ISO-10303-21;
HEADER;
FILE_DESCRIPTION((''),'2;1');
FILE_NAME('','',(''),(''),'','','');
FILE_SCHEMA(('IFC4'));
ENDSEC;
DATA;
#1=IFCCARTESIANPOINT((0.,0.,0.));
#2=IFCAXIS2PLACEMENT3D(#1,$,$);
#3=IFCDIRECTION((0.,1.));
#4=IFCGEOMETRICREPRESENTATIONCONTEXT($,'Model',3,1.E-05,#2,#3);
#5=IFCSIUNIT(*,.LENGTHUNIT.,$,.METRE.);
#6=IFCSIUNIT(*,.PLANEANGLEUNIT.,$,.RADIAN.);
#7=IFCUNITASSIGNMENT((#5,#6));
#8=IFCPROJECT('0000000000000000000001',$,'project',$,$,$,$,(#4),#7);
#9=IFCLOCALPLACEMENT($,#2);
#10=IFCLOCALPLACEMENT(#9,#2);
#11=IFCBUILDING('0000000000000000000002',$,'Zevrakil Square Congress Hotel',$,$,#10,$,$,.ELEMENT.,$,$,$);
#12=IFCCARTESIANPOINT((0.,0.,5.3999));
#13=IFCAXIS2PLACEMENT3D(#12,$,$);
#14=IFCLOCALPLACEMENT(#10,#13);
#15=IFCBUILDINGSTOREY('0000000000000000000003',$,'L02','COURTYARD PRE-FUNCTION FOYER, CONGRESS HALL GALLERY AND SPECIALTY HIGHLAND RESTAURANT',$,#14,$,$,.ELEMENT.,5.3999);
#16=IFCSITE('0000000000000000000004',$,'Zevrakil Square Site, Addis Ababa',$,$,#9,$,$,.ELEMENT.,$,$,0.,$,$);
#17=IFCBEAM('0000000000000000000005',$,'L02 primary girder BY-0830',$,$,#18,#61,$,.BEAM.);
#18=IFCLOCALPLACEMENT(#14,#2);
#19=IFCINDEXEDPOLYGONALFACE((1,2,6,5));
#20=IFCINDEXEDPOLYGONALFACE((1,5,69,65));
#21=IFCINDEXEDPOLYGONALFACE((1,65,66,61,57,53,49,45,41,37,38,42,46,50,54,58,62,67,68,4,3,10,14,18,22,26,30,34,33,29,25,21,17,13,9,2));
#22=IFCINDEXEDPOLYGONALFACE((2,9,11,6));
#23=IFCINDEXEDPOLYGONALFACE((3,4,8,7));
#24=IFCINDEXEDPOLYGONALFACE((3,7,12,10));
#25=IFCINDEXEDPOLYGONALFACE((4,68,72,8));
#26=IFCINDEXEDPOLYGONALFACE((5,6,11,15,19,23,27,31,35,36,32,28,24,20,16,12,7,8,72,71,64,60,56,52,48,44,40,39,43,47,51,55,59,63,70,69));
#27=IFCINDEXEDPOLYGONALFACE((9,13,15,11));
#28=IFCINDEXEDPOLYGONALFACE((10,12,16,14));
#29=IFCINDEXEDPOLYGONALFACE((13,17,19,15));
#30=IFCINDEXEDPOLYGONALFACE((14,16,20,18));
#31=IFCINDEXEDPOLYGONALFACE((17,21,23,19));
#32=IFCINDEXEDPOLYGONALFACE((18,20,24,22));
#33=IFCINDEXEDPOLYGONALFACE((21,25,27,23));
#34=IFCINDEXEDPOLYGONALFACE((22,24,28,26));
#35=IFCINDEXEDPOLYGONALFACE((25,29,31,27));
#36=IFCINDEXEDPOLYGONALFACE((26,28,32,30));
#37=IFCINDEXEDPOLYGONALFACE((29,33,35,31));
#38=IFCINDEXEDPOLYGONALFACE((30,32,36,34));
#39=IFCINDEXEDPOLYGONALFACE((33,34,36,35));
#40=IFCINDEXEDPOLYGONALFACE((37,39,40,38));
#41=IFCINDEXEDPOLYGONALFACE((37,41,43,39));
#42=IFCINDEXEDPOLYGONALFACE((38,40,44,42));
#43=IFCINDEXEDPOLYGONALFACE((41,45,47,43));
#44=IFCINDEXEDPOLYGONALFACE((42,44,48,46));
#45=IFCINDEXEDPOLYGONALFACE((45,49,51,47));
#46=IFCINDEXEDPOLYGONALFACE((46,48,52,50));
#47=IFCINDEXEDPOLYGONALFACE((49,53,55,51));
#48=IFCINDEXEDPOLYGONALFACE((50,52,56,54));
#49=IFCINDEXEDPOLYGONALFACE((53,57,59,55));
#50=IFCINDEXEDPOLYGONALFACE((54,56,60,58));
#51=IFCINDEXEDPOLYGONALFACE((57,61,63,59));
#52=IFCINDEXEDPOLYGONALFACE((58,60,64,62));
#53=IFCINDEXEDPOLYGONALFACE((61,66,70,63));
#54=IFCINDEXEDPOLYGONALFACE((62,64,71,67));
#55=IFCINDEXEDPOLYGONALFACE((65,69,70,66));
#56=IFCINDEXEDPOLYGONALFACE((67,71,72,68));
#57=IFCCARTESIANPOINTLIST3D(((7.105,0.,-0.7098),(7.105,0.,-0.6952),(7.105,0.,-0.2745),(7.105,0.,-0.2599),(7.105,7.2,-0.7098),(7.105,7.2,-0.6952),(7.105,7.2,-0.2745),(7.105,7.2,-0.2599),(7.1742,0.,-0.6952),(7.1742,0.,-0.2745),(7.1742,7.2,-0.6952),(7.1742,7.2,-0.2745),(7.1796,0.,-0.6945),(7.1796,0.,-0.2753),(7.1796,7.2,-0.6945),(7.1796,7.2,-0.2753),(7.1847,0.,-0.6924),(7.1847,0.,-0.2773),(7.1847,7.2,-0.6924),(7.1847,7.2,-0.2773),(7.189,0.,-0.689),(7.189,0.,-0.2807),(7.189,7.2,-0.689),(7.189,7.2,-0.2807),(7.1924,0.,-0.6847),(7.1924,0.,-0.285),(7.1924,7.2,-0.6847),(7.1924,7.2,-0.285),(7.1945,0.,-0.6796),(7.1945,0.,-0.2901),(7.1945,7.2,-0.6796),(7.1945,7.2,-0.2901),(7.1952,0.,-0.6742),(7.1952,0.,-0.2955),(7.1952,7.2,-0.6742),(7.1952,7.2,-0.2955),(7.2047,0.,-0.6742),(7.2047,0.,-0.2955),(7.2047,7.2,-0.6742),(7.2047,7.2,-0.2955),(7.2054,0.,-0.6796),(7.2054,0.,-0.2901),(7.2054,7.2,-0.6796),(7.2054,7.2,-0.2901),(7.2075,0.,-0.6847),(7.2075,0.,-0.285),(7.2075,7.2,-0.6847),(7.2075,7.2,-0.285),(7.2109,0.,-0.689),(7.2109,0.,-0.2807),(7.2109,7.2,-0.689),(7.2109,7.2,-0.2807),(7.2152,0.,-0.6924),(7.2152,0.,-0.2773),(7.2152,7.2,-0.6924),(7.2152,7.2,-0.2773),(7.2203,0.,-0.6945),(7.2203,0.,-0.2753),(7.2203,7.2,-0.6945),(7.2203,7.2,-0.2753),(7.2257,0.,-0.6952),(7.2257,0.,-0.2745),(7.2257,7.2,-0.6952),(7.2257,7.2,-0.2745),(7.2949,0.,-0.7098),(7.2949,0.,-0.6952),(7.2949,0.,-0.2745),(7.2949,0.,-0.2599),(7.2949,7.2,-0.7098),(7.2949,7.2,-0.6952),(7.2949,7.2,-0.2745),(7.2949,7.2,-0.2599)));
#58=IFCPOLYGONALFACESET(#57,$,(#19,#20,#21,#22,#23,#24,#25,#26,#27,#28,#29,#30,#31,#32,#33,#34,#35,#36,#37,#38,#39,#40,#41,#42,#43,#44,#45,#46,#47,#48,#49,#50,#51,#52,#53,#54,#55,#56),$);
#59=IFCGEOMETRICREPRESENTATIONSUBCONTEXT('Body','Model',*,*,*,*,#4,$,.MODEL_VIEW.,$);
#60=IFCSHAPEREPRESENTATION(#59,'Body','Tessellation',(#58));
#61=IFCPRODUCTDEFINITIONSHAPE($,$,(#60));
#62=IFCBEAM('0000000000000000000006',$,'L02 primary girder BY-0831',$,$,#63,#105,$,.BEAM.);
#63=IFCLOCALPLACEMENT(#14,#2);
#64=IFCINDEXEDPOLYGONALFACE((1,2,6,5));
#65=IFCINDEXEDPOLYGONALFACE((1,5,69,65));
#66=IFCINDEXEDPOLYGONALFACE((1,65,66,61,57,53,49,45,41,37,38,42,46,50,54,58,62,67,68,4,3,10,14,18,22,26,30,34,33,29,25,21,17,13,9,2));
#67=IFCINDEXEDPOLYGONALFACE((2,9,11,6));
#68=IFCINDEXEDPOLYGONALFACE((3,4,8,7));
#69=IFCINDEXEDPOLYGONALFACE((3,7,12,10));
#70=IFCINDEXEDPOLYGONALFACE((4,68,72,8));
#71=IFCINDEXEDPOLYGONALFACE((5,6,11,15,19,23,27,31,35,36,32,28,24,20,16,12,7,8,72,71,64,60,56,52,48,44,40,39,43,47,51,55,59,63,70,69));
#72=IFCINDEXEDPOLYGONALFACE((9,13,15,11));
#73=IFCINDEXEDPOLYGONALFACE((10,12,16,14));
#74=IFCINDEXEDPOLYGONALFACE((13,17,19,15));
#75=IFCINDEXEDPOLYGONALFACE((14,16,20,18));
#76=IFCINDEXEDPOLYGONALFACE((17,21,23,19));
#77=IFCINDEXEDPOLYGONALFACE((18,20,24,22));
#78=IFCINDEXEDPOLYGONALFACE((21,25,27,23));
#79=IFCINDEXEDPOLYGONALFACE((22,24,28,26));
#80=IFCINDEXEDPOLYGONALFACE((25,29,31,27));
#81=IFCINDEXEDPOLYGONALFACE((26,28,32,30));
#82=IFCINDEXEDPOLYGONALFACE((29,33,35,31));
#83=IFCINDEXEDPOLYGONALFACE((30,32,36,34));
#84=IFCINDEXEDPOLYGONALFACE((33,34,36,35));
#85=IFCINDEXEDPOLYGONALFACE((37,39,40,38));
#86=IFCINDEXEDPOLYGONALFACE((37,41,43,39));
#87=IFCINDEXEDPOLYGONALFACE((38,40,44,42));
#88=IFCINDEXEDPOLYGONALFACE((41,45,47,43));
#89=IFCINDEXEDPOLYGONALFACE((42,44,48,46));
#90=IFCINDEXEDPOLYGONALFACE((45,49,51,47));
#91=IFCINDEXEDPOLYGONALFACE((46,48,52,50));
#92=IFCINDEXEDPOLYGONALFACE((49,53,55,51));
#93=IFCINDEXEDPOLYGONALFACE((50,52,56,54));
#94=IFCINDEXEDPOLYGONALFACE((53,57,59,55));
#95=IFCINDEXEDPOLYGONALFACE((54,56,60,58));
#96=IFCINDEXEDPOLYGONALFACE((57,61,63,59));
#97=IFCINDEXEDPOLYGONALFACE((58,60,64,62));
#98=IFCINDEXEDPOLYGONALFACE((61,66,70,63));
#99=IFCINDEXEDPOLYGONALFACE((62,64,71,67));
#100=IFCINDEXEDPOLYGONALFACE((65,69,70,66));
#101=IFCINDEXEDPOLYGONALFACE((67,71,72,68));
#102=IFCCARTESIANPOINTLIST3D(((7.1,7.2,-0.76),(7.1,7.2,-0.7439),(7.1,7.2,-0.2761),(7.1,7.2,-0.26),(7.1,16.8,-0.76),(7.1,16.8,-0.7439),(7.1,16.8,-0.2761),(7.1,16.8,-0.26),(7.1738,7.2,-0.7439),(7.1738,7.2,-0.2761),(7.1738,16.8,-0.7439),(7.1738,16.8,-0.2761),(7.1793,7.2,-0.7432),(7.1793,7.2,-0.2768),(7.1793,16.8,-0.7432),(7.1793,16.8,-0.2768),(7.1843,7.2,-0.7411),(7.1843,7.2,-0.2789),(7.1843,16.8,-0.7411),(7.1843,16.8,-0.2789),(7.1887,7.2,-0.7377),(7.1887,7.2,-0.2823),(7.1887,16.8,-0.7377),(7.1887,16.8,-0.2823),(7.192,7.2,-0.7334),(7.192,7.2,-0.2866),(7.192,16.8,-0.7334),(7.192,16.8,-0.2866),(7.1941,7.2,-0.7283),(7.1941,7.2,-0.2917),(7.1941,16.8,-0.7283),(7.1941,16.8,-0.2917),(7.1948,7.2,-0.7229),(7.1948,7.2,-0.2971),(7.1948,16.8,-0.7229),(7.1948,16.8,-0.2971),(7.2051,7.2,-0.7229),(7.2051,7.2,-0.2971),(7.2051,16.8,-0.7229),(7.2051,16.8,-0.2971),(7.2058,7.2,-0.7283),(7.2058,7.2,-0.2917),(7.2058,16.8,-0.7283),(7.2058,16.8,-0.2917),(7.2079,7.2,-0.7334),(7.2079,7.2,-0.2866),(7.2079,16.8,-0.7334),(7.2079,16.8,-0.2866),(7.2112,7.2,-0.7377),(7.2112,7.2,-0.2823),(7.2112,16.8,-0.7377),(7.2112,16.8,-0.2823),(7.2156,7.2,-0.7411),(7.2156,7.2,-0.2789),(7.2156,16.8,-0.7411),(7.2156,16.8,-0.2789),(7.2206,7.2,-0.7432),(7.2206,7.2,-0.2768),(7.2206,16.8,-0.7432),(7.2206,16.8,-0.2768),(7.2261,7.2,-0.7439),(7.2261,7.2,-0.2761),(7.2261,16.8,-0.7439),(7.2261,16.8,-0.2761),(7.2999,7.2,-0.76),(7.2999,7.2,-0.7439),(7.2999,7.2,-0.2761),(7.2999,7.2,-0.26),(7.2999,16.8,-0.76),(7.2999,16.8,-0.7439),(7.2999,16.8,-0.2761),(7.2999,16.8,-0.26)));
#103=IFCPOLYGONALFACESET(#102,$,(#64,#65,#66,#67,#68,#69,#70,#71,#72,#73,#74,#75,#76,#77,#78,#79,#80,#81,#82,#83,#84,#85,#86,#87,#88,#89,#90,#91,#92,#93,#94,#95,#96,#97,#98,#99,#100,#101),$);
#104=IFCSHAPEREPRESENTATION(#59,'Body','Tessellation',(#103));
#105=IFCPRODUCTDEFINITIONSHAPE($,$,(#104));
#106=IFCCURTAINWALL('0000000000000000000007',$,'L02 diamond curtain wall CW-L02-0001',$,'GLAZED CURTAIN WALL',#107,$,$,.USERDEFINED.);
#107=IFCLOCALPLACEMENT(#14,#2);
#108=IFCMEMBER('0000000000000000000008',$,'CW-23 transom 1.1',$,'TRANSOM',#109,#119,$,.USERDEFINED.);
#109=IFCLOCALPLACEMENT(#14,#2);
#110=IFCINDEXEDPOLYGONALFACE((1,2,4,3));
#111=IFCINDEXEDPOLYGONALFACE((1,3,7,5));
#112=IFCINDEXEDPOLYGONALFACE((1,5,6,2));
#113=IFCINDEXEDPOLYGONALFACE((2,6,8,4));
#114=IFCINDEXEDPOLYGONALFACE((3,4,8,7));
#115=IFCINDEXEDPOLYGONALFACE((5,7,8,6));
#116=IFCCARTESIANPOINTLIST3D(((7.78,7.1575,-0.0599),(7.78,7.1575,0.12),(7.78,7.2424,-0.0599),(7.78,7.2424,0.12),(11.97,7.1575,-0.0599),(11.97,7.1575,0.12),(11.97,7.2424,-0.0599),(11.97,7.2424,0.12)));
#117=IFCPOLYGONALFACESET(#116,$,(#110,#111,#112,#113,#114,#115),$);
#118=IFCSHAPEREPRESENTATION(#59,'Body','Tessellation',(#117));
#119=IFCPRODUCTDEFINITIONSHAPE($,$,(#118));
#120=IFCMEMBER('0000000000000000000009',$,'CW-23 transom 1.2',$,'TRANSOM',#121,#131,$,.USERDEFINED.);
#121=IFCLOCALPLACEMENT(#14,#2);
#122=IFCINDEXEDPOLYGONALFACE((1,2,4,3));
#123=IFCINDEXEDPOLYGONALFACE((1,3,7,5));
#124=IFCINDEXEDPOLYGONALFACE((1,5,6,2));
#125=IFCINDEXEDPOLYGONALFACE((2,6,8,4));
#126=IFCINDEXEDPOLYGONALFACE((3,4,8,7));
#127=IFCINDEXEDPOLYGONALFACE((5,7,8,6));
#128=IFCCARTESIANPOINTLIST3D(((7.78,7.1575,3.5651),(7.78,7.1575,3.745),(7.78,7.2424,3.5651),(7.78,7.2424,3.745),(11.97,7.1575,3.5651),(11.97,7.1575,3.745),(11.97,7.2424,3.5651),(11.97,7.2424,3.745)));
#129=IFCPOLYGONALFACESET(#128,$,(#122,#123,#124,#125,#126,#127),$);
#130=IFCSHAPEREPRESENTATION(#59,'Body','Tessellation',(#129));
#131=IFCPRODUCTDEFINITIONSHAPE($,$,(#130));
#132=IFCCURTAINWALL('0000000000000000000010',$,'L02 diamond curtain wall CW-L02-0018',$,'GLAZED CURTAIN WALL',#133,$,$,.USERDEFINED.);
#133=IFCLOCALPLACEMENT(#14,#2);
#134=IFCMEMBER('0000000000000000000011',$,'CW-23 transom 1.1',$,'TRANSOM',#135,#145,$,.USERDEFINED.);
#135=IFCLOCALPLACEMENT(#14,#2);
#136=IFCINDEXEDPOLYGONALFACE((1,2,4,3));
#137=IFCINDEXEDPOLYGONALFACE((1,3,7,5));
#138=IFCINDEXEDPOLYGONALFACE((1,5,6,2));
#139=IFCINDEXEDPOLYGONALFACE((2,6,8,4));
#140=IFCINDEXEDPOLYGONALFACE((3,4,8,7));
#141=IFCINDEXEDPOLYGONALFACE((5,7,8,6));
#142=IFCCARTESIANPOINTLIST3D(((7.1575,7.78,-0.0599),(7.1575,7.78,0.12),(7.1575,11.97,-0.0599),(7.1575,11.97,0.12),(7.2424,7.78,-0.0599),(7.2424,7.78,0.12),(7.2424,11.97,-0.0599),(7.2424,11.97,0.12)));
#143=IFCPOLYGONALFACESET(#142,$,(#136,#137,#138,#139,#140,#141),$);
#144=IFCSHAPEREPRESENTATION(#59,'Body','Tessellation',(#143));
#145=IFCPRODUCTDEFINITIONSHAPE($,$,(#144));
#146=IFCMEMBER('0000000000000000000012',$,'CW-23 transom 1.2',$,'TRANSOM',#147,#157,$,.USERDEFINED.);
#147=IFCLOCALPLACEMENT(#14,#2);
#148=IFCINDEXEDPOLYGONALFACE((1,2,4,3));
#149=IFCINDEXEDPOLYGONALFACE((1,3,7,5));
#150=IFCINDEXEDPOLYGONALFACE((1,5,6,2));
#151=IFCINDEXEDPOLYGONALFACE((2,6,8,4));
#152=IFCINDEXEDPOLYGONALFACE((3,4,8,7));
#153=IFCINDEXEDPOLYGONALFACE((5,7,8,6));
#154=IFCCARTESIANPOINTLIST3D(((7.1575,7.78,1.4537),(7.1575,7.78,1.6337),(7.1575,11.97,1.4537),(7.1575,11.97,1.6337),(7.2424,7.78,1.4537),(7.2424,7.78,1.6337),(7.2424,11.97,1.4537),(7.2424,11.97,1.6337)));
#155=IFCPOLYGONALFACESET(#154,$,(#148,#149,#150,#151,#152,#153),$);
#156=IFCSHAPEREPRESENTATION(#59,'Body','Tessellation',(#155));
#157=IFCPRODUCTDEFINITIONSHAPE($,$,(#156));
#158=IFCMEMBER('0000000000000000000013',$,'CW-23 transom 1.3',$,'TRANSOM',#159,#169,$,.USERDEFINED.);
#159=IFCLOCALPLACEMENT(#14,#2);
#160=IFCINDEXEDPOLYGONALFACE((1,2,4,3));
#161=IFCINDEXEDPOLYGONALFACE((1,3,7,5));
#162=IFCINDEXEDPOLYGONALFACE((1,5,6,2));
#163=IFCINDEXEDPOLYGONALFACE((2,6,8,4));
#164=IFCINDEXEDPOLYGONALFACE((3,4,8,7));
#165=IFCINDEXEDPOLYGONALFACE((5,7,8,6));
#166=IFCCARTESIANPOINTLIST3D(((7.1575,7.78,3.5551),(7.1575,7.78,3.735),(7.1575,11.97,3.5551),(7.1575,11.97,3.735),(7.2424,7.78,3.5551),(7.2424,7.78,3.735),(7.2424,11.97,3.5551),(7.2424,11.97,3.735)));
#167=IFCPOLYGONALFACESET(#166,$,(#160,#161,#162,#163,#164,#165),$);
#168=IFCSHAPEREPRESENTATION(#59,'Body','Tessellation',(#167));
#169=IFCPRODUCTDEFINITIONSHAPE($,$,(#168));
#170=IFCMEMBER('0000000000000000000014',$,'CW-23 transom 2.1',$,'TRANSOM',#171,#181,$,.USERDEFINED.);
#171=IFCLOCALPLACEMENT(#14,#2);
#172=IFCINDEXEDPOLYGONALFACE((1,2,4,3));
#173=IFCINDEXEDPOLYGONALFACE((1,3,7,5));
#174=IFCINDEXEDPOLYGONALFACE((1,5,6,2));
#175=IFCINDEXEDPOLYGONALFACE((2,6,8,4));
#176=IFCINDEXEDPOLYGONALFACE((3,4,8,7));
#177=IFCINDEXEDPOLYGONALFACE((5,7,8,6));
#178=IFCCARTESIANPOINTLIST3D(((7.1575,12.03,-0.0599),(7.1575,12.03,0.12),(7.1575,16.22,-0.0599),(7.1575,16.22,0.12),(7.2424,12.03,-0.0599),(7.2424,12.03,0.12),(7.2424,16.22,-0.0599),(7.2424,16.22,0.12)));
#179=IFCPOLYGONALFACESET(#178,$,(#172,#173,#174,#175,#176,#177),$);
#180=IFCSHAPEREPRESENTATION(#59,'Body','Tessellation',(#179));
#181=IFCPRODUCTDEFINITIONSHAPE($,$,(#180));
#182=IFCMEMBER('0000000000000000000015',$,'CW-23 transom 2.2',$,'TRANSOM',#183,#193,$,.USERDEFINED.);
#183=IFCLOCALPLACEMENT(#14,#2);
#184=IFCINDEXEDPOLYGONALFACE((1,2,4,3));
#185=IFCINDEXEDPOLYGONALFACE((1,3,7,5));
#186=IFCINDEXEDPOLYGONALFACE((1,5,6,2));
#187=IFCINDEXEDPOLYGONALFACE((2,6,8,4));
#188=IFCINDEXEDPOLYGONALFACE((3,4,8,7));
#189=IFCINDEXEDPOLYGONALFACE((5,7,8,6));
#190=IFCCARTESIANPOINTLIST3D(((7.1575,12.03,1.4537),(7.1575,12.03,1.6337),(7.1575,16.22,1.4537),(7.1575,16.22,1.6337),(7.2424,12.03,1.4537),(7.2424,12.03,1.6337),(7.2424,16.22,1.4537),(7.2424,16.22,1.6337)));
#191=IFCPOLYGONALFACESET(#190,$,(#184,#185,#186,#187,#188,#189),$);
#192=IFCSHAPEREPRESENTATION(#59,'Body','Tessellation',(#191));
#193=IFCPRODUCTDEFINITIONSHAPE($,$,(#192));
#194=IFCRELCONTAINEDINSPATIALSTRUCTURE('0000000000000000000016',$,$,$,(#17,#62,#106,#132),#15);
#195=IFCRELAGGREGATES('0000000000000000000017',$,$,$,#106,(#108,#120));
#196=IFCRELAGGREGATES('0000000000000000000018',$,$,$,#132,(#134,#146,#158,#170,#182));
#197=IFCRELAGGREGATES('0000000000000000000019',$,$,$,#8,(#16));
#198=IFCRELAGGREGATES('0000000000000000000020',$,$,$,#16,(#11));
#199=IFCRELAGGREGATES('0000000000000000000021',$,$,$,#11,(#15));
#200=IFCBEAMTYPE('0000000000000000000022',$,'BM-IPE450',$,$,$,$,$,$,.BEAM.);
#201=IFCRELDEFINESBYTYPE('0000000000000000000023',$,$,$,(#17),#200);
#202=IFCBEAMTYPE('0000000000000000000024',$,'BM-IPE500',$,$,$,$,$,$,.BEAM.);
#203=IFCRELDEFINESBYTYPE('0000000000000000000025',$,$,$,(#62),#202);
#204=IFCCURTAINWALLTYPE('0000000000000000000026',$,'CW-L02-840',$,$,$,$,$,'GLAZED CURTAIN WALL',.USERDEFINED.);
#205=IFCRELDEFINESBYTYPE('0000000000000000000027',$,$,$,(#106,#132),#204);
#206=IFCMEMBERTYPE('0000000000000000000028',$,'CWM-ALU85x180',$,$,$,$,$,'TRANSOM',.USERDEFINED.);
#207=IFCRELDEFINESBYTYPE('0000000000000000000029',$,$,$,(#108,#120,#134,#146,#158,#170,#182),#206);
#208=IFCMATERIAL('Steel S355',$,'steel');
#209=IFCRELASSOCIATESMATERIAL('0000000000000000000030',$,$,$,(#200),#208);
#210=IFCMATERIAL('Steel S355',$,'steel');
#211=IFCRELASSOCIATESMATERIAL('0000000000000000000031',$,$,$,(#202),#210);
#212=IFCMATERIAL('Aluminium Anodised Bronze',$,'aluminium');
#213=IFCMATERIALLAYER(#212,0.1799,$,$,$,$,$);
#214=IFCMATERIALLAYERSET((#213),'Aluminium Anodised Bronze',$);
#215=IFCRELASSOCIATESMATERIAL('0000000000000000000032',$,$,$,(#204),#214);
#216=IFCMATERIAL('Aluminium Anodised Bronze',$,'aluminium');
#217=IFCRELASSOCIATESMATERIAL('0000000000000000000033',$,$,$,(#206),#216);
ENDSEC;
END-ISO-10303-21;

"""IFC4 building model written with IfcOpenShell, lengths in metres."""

from ifc_helpers import new_model, si_unit, direction, frame, origin, origin_2d, place, context, subcontext, project, spatial, rectangle, i_section, extrude, material, layer, layer_set, material_profile, profile_set, type_object, element, aggregate, save


model = new_model("IFC4")

# Units and contexts
model_context = context("Model", 3, precision=1e-05, world=origin(), true_north=direction((0.0, 1.0)))
body_context = subcontext(model_context, "Body", "Model", "MODEL_VIEW")
ifc_project = project(units=[si_unit("LENGTHUNIT", "METRE"), si_unit("PLANEANGLEUNIT", "RADIAN")], contexts=[model_context])

# Site, building, storey
site_placement = place(None, origin())
site = spatial("IfcSite", under=ifc_project, at=site_placement, Name="Zevrakil Square Site, Addis Ababa", CompositionType="ELEMENT", RefElevation=0.0)
building_placement = place(site_placement, origin())
building = spatial("IfcBuilding", under=site, at=building_placement, Name="Zevrakil Square Congress Hotel", CompositionType="ELEMENT")
storey_placement = place(building_placement, frame((0.0, 0.0, 5.3999)))
storey = spatial("IfcBuildingStorey", under=building, at=storey_placement, Name="L02", Description="COURTYARD PRE-FUNCTION FOYER, CONGRESS HALL GALLERY AND SPECIALTY HIGHLAND RESTAURANT", CompositionType="ELEMENT", Elevation=5.3999)

# Beams
ifc_material_1 = material(Name="Steel S355", Category="steel")
ifc_material_profile_1 = material_profile(ifc_material_1, i_section(OverallWidth=0.1899, OverallDepth=0.45, WebThickness=0.0095, FlangeThickness=0.0146, FilletRadius=0.021, at=origin_2d()), Name="IPE 450")
ifc_profile_set_1 = profile_set([ifc_material_profile_1], Name="Steel S355")
beam_type_1 = type_object("IfcBeamType", Name="BM-IPE450", PredefinedType="BEAM", material=ifc_profile_set_1)
beam_1_placement = place(storey_placement, frame((7.2, 0.0, -0.4849), z_axis=(0.0, 1.0, 0.0), x_axis=(-1.0, 0.0, 0.0)))
element("IfcBeam", 1, at=beam_1_placement, inside=storey, type_object=beam_type_1, Name="L02 primary girder BY-0830", PredefinedType="BEAM", context=body_context, shape_type="SweptSolid", body=[
    extrude(i_section(OverallWidth=0.1899, OverallDepth=0.45, WebThickness=0.0095, FlangeThickness=0.0146, FilletRadius=0.021, at=origin_2d()), origin(), (0.0, 0.0, 1.0), 7.2),
])
ifc_material_2 = material(Name="Steel S355", Category="steel")
ifc_material_profile_2 = material_profile(ifc_material_2, i_section(OverallWidth=0.2, OverallDepth=0.5, WebThickness=0.0103, FlangeThickness=0.0161, FilletRadius=0.021, at=origin_2d()), Name="IPE 500")
ifc_profile_set_2 = profile_set([ifc_material_profile_2], Name="Steel S355")
beam_type_2 = type_object("IfcBeamType", Name="BM-IPE500", PredefinedType="BEAM", material=ifc_profile_set_2)
beam_2_placement = place(storey_placement, frame((7.2, 7.2, -0.51), z_axis=(0.0, 1.0, 0.0), x_axis=(-1.0, 0.0, 0.0)))
element("IfcBeam", 2, at=beam_2_placement, inside=storey, type_object=beam_type_2, Name="L02 primary girder BY-0831", PredefinedType="BEAM", context=body_context, shape_type="SweptSolid", body=[
    extrude(i_section(OverallWidth=0.2, OverallDepth=0.5, WebThickness=0.0103, FlangeThickness=0.0161, FilletRadius=0.021, at=origin_2d()), origin(), (0.0, 0.0, 1.0), 9.6001),
])

# Curtain walls, members
ifc_material_3 = material(Name="Aluminium Anodised Bronze", Category="aluminium")
ifc_layer_1 = layer(ifc_material_3, 0.1799)
ifc_layer_set_1 = layer_set([ifc_layer_1], Name="Aluminium Anodised Bronze")
curtain_wall_type = type_object("IfcCurtainWallType", Name="CW-L02-840", ElementType="GLAZED CURTAIN WALL", PredefinedType="USERDEFINED", material=ifc_layer_set_1)
curtain_wall_1_placement = place(storey_placement, origin())
curtain_wall_1 = element("IfcCurtainWall", 3, at=curtain_wall_1_placement, inside=storey, type_object=curtain_wall_type, Name="L02 diamond curtain wall CW-L02-0001", ObjectType="GLAZED CURTAIN WALL", PredefinedType="USERDEFINED")
ifc_material_4 = material(Name="Aluminium Anodised Bronze", Category="aluminium")
ifc_material_profile_3 = material_profile(ifc_material_4, rectangle(XDim=0.085, YDim=0.1799, at=origin_2d()), Name="ALU 85x180")
ifc_profile_set_3 = profile_set([ifc_material_profile_3], Name="Aluminium Anodised Bronze")
member_type_1 = type_object("IfcMemberType", Name="CWM-ALU85x180", ElementType="TRANSOM", PredefinedType="USERDEFINED", material=ifc_profile_set_3)
member_1_placement = place(storey_placement, frame((7.78, 7.2, 0.03), z_axis=(1.0, 0.0, 0.0), x_axis=(0.0, 1.0, 0.0)))
member_1 = element("IfcMember", 4, at=member_1_placement, type_object=member_type_1, Name="CW-23 transom 1.1", ObjectType="TRANSOM", PredefinedType="USERDEFINED", context=body_context, shape_type="SweptSolid", body=[
    extrude(rectangle(XDim=0.085, YDim=0.1799, at=origin_2d()), origin(), (0.0, 0.0, 1.0), 4.1899),
])
member_2_placement = place(storey_placement, frame((7.78, 7.2, 3.655), z_axis=(1.0, 0.0, 0.0), x_axis=(0.0, 1.0, 0.0)))
member_2 = element("IfcMember", 5, at=member_2_placement, type_object=member_type_1, Name="CW-23 transom 1.2", ObjectType="TRANSOM", PredefinedType="USERDEFINED", context=body_context, shape_type="SweptSolid", body=[
    extrude(rectangle(XDim=0.085, YDim=0.1799, at=origin_2d()), origin(), (0.0, 0.0, 1.0), 4.1899),
])
curtain_wall_2_placement = place(storey_placement, origin())
curtain_wall_2 = element("IfcCurtainWall", 6, at=curtain_wall_2_placement, inside=storey, type_object=curtain_wall_type, Name="L02 diamond curtain wall CW-L02-0018", ObjectType="GLAZED CURTAIN WALL", PredefinedType="USERDEFINED")
member_3_placement = place(storey_placement, frame((7.2, 7.78, 0.03), z_axis=(0.0, 1.0, 0.0), x_axis=(-1.0, 0.0, 0.0)))
member_3 = element("IfcMember", 7, at=member_3_placement, type_object=member_type_1, Name="CW-23 transom 1.1", ObjectType="TRANSOM", PredefinedType="USERDEFINED", context=body_context, shape_type="SweptSolid", body=[
    extrude(rectangle(XDim=0.085, YDim=0.1799, at=origin_2d()), origin(), (0.0, 0.0, 1.0), 4.1899),
])
member_4_placement = place(storey_placement, frame((7.2, 7.78, 1.5437), z_axis=(0.0, 1.0, 0.0), x_axis=(-1.0, 0.0, 0.0)))
member_4 = element("IfcMember", 8, at=member_4_placement, type_object=member_type_1, Name="CW-23 transom 1.2", ObjectType="TRANSOM", PredefinedType="USERDEFINED", context=body_context, shape_type="SweptSolid", body=[
    extrude(rectangle(XDim=0.085, YDim=0.1799, at=origin_2d()), origin(), (0.0, 0.0, 1.0), 4.1899),
])
member_5_placement = place(storey_placement, frame((7.2, 7.78, 3.645), z_axis=(0.0, 1.0, 0.0), x_axis=(-1.0, 0.0, 0.0)))
member_5 = element("IfcMember", 9, at=member_5_placement, type_object=member_type_1, Name="CW-23 transom 1.3", ObjectType="TRANSOM", PredefinedType="USERDEFINED", context=body_context, shape_type="SweptSolid", body=[
    extrude(rectangle(XDim=0.085, YDim=0.1799, at=origin_2d()), origin(), (0.0, 0.0, 1.0), 4.1899),
])
member_6_placement = place(storey_placement, frame((7.2, 12.03, 0.03), z_axis=(0.0, 1.0, 0.0), x_axis=(-1.0, 0.0, 0.0)))
member_6 = element("IfcMember", 10, at=member_6_placement, type_object=member_type_1, Name="CW-23 transom 2.1", ObjectType="TRANSOM", PredefinedType="USERDEFINED", context=body_context, shape_type="SweptSolid", body=[
    extrude(rectangle(XDim=0.085, YDim=0.1799, at=origin_2d()), origin(), (0.0, 0.0, 1.0), 4.1899),
])
member_7_placement = place(storey_placement, frame((7.2, 12.03, 1.5437), z_axis=(0.0, 1.0, 0.0), x_axis=(-1.0, 0.0, 0.0)))
member_7 = element("IfcMember", 11, at=member_7_placement, type_object=member_type_1, Name="CW-23 transom 2.2", ObjectType="TRANSOM", PredefinedType="USERDEFINED", context=body_context, shape_type="SweptSolid", body=[
    extrude(rectangle(XDim=0.085, YDim=0.1799, at=origin_2d()), origin(), (0.0, 0.0, 1.0), 4.1899),
])

aggregate(curtain_wall_1, [member_1, member_2])

aggregate(curtain_wall_2, [member_3, member_4, member_5, member_6, member_7])

save(model, "model.ifc")
